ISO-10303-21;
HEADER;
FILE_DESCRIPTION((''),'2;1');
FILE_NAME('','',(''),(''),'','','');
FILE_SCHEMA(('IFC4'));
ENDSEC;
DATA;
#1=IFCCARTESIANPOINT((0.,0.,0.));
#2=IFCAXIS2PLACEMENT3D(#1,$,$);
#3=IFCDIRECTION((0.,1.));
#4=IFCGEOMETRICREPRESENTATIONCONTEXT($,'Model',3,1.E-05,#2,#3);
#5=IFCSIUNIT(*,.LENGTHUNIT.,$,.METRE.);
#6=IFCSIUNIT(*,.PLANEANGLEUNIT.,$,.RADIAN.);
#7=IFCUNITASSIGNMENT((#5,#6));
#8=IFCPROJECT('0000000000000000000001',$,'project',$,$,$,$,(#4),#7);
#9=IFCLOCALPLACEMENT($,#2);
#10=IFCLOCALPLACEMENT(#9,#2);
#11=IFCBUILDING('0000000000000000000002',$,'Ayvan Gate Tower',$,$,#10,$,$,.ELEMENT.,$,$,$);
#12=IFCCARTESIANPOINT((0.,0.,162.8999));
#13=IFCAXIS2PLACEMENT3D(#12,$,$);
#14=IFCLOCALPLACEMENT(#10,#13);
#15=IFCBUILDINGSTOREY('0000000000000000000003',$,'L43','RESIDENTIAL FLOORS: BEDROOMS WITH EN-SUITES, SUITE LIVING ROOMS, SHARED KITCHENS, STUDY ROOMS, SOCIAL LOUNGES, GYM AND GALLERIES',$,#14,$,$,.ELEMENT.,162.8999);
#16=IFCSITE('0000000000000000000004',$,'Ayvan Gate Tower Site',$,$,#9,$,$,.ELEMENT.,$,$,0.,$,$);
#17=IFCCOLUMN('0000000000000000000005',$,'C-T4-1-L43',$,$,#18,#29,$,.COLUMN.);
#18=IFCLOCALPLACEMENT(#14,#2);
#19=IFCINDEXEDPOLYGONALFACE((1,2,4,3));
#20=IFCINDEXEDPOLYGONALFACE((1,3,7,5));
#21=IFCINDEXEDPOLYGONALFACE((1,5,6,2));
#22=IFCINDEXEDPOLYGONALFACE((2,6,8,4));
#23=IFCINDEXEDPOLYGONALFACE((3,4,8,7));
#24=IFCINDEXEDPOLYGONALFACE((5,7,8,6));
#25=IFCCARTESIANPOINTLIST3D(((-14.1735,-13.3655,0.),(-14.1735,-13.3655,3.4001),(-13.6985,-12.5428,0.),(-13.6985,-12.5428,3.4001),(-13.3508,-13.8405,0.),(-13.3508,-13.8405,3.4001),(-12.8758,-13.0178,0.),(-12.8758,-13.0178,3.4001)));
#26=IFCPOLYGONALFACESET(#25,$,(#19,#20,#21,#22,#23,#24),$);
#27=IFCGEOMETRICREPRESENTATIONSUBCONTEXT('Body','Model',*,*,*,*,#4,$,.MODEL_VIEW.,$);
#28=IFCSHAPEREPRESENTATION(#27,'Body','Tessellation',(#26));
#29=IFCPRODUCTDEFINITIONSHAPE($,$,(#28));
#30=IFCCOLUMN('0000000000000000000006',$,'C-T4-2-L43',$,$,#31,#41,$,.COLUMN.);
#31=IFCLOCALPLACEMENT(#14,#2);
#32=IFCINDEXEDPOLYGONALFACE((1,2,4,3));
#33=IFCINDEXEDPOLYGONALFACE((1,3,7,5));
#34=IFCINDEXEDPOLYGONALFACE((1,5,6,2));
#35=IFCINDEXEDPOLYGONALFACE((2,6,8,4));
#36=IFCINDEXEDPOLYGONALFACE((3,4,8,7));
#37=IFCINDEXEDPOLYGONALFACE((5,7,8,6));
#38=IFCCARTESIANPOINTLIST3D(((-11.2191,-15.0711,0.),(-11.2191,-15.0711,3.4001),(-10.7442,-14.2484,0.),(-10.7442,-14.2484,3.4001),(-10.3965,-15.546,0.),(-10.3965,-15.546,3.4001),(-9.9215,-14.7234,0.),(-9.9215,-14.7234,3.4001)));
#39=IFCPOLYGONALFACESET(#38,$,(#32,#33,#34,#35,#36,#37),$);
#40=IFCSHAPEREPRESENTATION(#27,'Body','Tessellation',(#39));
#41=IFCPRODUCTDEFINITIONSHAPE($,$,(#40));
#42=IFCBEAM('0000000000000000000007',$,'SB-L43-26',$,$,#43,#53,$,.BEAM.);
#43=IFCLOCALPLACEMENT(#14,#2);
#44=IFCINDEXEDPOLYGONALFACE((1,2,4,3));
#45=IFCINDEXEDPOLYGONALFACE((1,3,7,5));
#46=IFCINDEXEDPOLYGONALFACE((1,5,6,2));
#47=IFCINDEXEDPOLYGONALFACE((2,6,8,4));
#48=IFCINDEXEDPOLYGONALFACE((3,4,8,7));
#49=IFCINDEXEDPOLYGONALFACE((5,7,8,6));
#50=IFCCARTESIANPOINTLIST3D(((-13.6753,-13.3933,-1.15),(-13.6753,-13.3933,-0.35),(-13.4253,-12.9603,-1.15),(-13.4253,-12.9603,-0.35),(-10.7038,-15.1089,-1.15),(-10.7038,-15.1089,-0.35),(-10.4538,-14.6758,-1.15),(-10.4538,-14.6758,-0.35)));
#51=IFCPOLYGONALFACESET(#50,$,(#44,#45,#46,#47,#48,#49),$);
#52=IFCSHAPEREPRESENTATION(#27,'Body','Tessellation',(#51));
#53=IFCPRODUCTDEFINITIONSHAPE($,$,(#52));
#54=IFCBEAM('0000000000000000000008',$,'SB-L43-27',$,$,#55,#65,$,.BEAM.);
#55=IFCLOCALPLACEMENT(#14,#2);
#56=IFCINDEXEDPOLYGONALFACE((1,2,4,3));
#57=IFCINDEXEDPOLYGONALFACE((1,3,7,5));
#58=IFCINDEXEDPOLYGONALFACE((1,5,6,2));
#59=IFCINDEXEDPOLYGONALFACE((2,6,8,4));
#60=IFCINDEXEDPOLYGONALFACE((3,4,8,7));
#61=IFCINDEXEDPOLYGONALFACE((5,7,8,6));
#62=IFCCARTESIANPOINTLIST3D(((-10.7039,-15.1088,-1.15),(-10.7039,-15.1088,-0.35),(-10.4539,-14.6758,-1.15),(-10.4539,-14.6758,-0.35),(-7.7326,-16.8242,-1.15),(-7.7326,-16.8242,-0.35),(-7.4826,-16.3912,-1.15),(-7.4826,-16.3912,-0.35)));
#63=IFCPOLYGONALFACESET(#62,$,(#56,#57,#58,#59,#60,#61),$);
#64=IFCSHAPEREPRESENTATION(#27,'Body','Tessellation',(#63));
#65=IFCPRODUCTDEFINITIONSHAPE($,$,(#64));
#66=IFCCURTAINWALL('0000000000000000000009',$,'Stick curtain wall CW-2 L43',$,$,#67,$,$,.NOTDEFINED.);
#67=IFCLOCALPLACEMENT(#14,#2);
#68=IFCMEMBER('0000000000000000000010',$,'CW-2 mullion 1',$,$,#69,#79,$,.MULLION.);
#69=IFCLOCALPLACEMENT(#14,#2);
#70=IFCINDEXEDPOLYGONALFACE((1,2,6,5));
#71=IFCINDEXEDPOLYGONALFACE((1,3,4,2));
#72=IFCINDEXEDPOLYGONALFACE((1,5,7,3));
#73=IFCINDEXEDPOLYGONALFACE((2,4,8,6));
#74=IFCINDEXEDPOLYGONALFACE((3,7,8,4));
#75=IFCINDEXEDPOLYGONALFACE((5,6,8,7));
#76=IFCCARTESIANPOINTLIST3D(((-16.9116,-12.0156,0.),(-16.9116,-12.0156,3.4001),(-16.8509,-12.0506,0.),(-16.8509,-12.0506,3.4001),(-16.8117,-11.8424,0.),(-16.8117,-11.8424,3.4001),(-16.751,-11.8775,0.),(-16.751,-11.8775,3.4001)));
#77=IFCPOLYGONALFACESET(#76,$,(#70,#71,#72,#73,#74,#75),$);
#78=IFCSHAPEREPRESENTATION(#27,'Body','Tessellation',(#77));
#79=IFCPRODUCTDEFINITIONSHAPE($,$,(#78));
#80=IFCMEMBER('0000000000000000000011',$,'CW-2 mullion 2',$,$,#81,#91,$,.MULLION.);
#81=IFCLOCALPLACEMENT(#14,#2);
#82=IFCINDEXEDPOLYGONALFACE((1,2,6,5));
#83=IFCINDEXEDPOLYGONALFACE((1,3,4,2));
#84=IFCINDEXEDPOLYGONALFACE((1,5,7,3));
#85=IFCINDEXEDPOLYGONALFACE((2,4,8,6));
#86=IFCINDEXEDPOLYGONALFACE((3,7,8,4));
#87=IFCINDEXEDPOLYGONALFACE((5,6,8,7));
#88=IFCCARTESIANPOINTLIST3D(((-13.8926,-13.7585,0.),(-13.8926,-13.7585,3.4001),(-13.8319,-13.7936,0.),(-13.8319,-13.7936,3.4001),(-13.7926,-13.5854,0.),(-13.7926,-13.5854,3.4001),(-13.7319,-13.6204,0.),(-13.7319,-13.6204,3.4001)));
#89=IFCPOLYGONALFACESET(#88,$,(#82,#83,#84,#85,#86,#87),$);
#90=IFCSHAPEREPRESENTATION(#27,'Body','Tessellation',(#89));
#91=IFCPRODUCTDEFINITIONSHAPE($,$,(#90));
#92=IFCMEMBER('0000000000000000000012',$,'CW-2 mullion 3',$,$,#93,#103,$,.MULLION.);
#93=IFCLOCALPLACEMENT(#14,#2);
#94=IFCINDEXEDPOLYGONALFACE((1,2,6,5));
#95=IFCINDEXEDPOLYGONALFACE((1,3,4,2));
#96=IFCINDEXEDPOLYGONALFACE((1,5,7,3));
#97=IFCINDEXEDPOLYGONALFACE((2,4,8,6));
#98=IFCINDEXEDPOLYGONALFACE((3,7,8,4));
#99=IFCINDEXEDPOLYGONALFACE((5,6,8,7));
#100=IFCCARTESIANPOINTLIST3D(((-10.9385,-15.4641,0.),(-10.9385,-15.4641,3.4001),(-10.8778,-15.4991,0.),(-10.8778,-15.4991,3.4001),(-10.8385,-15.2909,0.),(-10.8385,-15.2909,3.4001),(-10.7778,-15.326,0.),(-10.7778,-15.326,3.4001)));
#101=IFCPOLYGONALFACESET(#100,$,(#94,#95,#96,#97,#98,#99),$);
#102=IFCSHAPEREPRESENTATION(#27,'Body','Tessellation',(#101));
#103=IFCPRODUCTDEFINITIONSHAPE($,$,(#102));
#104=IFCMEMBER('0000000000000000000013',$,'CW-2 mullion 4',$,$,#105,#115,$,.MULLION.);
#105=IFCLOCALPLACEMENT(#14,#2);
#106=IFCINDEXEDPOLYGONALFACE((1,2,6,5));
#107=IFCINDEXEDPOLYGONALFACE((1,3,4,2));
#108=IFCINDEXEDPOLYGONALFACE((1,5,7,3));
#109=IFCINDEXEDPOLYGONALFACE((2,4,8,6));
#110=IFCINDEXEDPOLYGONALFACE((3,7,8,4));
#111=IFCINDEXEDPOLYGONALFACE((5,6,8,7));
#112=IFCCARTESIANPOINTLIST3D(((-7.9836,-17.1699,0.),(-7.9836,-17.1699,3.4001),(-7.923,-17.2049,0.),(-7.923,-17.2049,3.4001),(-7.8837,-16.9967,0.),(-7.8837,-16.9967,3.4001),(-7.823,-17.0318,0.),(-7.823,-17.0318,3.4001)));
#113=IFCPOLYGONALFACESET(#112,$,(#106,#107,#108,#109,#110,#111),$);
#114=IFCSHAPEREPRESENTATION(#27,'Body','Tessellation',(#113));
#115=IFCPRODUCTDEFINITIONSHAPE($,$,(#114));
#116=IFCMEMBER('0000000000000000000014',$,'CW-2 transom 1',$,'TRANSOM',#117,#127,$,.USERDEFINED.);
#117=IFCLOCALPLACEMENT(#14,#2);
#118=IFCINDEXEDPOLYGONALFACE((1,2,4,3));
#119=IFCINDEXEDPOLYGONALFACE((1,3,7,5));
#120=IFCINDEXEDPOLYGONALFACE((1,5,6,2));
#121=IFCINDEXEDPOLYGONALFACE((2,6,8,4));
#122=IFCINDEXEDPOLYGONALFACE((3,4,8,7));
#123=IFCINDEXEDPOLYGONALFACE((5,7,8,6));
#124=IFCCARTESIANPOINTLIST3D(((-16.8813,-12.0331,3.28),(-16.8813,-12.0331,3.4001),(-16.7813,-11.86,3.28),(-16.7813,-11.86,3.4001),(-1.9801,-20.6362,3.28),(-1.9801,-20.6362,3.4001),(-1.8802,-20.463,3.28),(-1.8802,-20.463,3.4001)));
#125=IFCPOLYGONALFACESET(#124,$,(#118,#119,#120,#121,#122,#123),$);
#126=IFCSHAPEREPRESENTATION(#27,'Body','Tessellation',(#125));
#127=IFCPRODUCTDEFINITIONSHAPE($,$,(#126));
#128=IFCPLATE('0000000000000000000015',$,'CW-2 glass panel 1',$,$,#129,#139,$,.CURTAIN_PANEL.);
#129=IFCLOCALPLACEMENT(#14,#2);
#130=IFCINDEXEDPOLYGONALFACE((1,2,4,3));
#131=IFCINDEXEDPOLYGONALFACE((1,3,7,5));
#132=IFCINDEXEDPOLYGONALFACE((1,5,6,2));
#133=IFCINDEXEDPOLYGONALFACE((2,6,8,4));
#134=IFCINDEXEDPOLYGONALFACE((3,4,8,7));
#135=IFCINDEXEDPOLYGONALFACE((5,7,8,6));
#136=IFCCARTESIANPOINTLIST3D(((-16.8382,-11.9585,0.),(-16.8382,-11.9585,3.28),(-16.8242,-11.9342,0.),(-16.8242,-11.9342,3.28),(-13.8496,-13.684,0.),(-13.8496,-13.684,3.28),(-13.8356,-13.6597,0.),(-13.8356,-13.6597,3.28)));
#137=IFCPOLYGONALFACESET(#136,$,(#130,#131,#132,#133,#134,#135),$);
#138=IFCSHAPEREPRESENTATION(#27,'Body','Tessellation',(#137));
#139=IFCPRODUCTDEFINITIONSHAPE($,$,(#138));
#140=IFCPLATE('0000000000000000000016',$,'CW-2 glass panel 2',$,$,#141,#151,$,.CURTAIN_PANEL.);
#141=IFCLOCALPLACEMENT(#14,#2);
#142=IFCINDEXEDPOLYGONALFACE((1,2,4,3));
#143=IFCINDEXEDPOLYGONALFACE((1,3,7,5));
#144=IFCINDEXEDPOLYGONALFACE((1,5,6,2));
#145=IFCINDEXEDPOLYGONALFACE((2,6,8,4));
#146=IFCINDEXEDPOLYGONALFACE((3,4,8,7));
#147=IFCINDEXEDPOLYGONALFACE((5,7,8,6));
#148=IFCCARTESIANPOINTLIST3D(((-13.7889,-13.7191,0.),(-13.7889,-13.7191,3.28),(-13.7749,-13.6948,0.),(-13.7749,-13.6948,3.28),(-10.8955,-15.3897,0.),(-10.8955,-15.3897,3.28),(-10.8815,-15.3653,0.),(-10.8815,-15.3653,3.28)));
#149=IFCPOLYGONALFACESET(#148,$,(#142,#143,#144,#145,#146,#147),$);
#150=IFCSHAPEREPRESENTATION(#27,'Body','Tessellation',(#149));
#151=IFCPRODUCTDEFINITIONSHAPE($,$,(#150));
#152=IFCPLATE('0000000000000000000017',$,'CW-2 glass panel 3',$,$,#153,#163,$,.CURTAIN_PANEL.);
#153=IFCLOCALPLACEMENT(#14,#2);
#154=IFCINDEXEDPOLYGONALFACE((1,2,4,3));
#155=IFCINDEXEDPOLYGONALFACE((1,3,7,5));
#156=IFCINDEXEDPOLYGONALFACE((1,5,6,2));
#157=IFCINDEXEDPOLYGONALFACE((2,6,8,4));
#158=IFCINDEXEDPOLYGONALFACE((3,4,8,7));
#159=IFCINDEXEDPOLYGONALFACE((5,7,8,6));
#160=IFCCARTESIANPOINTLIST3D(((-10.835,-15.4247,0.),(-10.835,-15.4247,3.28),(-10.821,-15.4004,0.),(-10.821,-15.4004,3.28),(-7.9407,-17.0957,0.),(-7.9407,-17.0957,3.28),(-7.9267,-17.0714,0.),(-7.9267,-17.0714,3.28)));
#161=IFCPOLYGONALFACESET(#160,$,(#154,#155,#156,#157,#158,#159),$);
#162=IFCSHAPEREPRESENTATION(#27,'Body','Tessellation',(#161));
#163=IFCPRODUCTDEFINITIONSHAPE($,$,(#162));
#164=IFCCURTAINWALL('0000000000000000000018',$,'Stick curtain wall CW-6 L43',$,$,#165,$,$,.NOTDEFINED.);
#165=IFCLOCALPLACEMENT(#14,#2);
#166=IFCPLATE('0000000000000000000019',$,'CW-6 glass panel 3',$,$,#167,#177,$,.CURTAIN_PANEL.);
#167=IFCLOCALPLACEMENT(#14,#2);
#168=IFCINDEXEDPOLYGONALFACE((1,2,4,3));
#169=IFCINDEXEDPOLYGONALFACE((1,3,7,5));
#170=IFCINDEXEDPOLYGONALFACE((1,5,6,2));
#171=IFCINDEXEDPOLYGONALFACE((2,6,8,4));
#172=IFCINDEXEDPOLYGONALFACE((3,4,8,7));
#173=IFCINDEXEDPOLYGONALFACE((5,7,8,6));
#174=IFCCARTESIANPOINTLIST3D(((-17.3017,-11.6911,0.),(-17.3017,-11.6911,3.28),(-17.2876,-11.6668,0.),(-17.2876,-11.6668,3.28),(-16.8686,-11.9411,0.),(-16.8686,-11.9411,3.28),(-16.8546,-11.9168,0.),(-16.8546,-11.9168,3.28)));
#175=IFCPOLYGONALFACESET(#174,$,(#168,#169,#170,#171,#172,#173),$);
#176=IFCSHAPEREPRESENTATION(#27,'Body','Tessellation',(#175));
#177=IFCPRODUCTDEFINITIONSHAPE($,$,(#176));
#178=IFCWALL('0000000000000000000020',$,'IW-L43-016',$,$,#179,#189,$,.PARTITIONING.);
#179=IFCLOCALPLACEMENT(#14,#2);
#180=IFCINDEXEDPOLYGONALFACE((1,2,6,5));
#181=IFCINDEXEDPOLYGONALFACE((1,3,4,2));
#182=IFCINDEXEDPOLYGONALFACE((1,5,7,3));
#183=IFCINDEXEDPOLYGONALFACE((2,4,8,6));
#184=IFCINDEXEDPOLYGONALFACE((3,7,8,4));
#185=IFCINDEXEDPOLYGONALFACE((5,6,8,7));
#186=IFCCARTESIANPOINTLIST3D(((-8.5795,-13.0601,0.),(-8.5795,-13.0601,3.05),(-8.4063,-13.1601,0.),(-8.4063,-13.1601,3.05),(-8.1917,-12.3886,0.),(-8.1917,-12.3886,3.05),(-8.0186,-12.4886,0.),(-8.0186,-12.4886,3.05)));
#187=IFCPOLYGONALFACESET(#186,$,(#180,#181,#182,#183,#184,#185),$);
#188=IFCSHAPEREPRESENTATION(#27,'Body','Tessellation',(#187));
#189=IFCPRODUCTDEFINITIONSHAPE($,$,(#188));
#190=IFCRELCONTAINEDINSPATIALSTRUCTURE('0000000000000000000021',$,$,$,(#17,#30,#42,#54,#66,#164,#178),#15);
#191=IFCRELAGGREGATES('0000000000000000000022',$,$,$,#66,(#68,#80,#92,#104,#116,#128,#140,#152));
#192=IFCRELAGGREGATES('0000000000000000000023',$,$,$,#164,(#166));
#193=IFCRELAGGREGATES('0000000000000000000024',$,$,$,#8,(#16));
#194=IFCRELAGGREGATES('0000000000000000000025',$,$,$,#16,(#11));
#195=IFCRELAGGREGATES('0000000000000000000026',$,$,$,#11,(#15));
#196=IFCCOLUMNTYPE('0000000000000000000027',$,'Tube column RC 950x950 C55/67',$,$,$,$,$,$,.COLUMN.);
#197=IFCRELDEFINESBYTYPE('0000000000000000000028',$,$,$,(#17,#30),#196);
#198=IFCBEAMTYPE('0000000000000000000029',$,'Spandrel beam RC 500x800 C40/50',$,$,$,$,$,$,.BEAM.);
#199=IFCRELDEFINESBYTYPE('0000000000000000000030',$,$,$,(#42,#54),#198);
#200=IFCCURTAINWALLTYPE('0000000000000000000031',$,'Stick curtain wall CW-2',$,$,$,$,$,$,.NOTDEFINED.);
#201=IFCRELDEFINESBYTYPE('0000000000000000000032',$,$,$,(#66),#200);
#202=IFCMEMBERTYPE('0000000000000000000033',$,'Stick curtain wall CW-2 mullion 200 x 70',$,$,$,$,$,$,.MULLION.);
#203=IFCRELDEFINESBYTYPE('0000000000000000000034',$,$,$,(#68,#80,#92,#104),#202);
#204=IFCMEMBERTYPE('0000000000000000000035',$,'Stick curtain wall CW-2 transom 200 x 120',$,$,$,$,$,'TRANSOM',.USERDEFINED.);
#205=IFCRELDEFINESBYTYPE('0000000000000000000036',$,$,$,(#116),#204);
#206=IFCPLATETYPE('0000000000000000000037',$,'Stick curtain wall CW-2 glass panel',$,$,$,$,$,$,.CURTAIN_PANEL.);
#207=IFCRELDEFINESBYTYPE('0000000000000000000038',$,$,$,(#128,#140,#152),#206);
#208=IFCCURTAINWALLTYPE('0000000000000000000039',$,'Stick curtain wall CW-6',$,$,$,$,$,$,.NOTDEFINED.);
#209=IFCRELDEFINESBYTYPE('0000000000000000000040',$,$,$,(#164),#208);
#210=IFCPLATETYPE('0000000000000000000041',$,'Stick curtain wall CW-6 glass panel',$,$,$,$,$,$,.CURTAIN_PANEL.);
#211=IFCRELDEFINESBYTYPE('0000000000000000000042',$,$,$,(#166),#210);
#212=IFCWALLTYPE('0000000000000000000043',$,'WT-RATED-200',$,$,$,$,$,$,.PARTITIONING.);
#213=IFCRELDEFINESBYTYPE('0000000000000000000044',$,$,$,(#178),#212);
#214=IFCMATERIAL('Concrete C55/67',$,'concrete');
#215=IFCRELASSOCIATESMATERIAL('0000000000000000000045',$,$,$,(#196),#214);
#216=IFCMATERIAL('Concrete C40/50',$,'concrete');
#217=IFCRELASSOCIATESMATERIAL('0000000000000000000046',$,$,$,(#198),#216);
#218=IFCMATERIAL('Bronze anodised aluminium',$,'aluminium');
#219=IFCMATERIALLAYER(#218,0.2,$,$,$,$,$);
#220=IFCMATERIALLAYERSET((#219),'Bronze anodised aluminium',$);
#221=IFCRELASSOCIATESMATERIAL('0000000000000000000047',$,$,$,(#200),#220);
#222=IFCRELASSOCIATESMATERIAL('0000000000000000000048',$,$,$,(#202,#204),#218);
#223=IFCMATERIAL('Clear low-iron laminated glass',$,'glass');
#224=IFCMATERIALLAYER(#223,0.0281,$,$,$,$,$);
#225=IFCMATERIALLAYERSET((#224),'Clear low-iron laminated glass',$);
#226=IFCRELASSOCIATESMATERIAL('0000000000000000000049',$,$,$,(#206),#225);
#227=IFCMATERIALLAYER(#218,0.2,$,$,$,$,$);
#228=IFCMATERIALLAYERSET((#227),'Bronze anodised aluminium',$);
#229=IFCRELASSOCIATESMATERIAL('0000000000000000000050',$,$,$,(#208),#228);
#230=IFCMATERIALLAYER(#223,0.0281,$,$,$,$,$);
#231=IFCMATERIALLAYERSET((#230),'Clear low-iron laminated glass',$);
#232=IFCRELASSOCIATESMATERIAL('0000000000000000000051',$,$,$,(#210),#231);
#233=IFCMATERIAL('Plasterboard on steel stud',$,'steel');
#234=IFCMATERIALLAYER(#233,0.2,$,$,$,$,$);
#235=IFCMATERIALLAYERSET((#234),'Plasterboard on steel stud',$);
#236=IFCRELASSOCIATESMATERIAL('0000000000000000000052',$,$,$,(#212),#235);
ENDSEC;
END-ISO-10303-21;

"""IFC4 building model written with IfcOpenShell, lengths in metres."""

from ifc_helpers import new_model, si_unit, direction, frame, frame_2d, origin, origin_2d, place, context, subcontext, project, spatial, rectangle, extrude, material, layer, layer_set, material_profile, profile_set, type_object, element, aggregate, save


model = new_model("IFC4")

# Units and contexts
model_context = context("Model", 3, precision=1e-05, world=origin(), true_north=direction((0.0, 1.0)))
body_context = subcontext(model_context, "Body", "Model", "MODEL_VIEW")
ifc_project = project(units=[si_unit("LENGTHUNIT", "METRE"), si_unit("PLANEANGLEUNIT", "RADIAN")], contexts=[model_context])

# Site, building, storey
site_placement = place(None, origin())
site = spatial("IfcSite", under=ifc_project, at=site_placement, Name="Ayvan Gate Tower Site", CompositionType="ELEMENT", RefElevation=0.0)
building_placement = place(site_placement, origin())
building = spatial("IfcBuilding", under=site, at=building_placement, Name="Ayvan Gate Tower", CompositionType="ELEMENT")
storey_placement = place(building_placement, frame((0.0, 0.0, 162.8999)))
storey = spatial("IfcBuildingStorey", under=building, at=storey_placement, Name="L43", Description="RESIDENTIAL FLOORS: BEDROOMS WITH EN-SUITES, SUITE LIVING ROOMS, SHARED KITCHENS, STUDY ROOMS, SOCIAL LOUNGES, GYM AND GALLERIES", CompositionType="ELEMENT", Elevation=162.8999)

# Columns
ifc_material_1 = material(Name="Concrete C55/67", Category="concrete")
ifc_material_profile_1 = material_profile(ifc_material_1, rectangle(XDim=0.95, YDim=0.95, at=origin_2d()), Name="RC 950x950")
ifc_profile_set_1 = profile_set([ifc_material_profile_1], Name="Concrete C55/67")
column_type = type_object("IfcColumnType", Name="Tube column RC 950x950 C55/67", PredefinedType="COLUMN", material=ifc_profile_set_1)
for number, where, z_axis, x_axis, name in (
    (1, (-13.5247, -13.1917, 0.0), (0.0, 0.0, 1.0), (-0.5, -0.866025, 0.0), "C-T4-1-L43"),
    (2, (-10.5703, -14.8972, 0.0), (0.0, 0.0, 1.0), (-0.5, -0.866025, 0.0), "C-T4-2-L43"),
):
    element("IfcColumn", number, at=place(storey_placement, frame(where, z_axis=z_axis, x_axis=x_axis)), inside=storey, type_object=column_type, Name=name, PredefinedType="COLUMN", context=body_context, shape_type="SweptSolid", body=[
        extrude(rectangle(XDim=0.95, YDim=0.95, at=origin_2d()), origin(), (0.0, 0.0, 1.0), 3.4001),
    ])

# Beams
ifc_material_2 = material(Name="Concrete C40/50", Category="concrete")
ifc_material_profile_2 = material_profile(ifc_material_2, rectangle(XDim=0.5, YDim=0.8, at=origin_2d()), Name="RC 500x800")
ifc_profile_set_2 = profile_set([ifc_material_profile_2], Name="Concrete C40/50")
beam_type = type_object("IfcBeamType", Name="Spandrel beam RC 500x800 C40/50", PredefinedType="BEAM", material=ifc_profile_set_2)
beam_1_placement = place(storey_placement, frame((-13.5503, -13.1768, -0.75), z_axis=(0.866023, -0.500004, 0.0), x_axis=(0.500004, 0.866023, 0.0)))
element("IfcBeam", 3, at=beam_1_placement, inside=storey, type_object=beam_type, Name="SB-L43-26", PredefinedType="BEAM", context=body_context, shape_type="SweptSolid", body=[
    extrude(rectangle(XDim=0.5, YDim=0.8, at=origin_2d()), origin(), (0.0, 0.0, 1.0), 3.4312),
])
beam_2_placement = place(storey_placement, frame((-10.5789, -14.8923, -0.75), z_axis=(0.866036, -0.499981, 0.0), x_axis=(0.499981, 0.866036, 0.0)))
element("IfcBeam", 4, at=beam_2_placement, inside=storey, type_object=beam_type, Name="SB-L43-27", PredefinedType="BEAM", context=body_context, shape_type="SweptSolid", body=[
    extrude(rectangle(XDim=0.5, YDim=0.8, at=origin_2d()), origin(), (0.0, 0.0, 1.0), 3.4309),
])

# Curtain wall, members, plates
ifc_material_3 = material(Name="Bronze anodised aluminium", Category="aluminium")
ifc_layer_1 = layer(ifc_material_3, 0.2)
ifc_layer_set_1 = layer_set([ifc_layer_1], Name="Bronze anodised aluminium")
curtain_wall_type_1 = type_object("IfcCurtainWallType", Name="Stick curtain wall CW-2", PredefinedType="NOTDEFINED", material=ifc_layer_set_1)
curtain_wall_1_placement = place(storey_placement, origin())
curtain_wall_1 = element("IfcCurtainWall", 5, at=curtain_wall_1_placement, inside=storey, type_object=curtain_wall_type_1, Name="Stick curtain wall CW-2 L43", PredefinedType="NOTDEFINED")
ifc_material_profile_3 = material_profile(ifc_material_3, rectangle(XDim=0.2, YDim=0.0701, at=origin_2d()), Name="Stick curtain wall CW-2 mullion 200 x 70")
ifc_profile_set_3 = profile_set([ifc_material_profile_3], Name="Bronze anodised aluminium")
member_type_1 = type_object("IfcMemberType", Name="Stick curtain wall CW-2 mullion 200 x 70", PredefinedType="MULLION", material=ifc_profile_set_3)
member_1_placement = place(storey_placement, frame((-16.8313, -11.9465, 0.0), z_axis=(0.0, 0.0, 1.0), x_axis=(-0.5, -0.866025, 0.0)))
member_1 = element("IfcMember", 6, at=member_1_placement, type_object=member_type_1, Name="CW-2 mullion 1", PredefinedType="MULLION", context=body_context, shape_type="SweptSolid", body=[
    extrude(rectangle(XDim=0.2, YDim=0.0701, at=origin_2d()), origin(), (0.0, 0.0, 1.0), 3.4001),
])
member_2_placement = place(storey_placement, frame((-13.8123, -13.6895, 0.0), z_axis=(0.0, 0.0, 1.0), x_axis=(-0.5, -0.866025, 0.0)))
member_2 = element("IfcMember", 7, at=member_2_placement, type_object=member_type_1, Name="CW-2 mullion 2", PredefinedType="MULLION", context=body_context, shape_type="SweptSolid", body=[
    extrude(rectangle(XDim=0.2, YDim=0.0701, at=origin_2d()), origin(), (0.0, 0.0, 1.0), 3.4001),
])
member_3_placement = place(storey_placement, frame((-10.8582, -15.395, 0.0), z_axis=(0.0, 0.0, 1.0), x_axis=(-0.5, -0.866025, 0.0)))
member_3 = element("IfcMember", 8, at=member_3_placement, type_object=member_type_1, Name="CW-2 mullion 3", PredefinedType="MULLION", context=body_context, shape_type="SweptSolid", body=[
    extrude(rectangle(XDim=0.2, YDim=0.0701, at=origin_2d()), origin(), (0.0, 0.0, 1.0), 3.4001),
])
member_4_placement = place(storey_placement, frame((-7.9033, -17.1008, 0.0), z_axis=(0.0, 0.0, 1.0), x_axis=(-0.5, -0.866025, 0.0)))
member_4 = element("IfcMember", 9, at=member_4_placement, type_object=member_type_1, Name="CW-2 mullion 4", PredefinedType="MULLION", context=body_context, shape_type="SweptSolid", body=[
    extrude(rectangle(XDim=0.2, YDim=0.0701, at=origin_2d()), origin(), (0.0, 0.0, 1.0), 3.4001),
])
ifc_material_profile_4 = material_profile(ifc_material_3, rectangle(XDim=0.2, YDim=0.1201, at=origin_2d()), Name="Stick curtain wall CW-2 transom 200 x 120")
ifc_profile_set_4 = profile_set([ifc_material_profile_4], Name="Bronze anodised aluminium")
member_type_2 = type_object("IfcMemberType", Name="Stick curtain wall CW-2 transom 200 x 120", ElementType="TRANSOM", PredefinedType="USERDEFINED", material=ifc_profile_set_4)
member_5_placement = place(storey_placement, frame((-16.8313, -11.9465, 3.3401), z_axis=(0.866029, -0.499994, 0.0), x_axis=(0.499994, 0.866029, 0.0)))
member_5 = element("IfcMember", 10, at=member_5_placement, type_object=member_type_2, Name="CW-2 transom 1", ObjectType="TRANSOM", PredefinedType="USERDEFINED", context=body_context, shape_type="SweptSolid", body=[
    extrude(rectangle(XDim=0.2, YDim=0.1201, at=origin_2d()), origin(), (0.0, 0.0, 1.0), 17.2063),
])
ifc_material_4 = material(Name="Clear low-iron laminated glass", Category="glass")
ifc_layer_2 = layer(ifc_material_4, 0.0281)
ifc_layer_set_2 = layer_set([ifc_layer_2], Name="Clear low-iron laminated glass")
plate_type_1 = type_object("IfcPlateType", Name="Stick curtain wall CW-2 glass panel", PredefinedType="CURTAIN_PANEL", material=ifc_layer_set_2)
plate_1_placement = place(storey_placement, frame((-15.3369, -12.8091, 0.0), z_axis=(0.0, 0.0, 1.0), x_axis=(0.866025, -0.5, 0.0)))
plate_1 = element("IfcPlate", 11, at=plate_1_placement, type_object=plate_type_1, Name="CW-2 glass panel 1", PredefinedType="CURTAIN_PANEL", context=body_context, shape_type="SweptSolid", body=[
    extrude(rectangle(XDim=3.4509, YDim=0.0281, at=origin_2d()), origin(), (0.0, 0.0, 1.0), 3.28),
])
plate_2_placement = place(storey_placement, frame((-12.3352, -14.5422, 0.0), z_axis=(0.0, 0.0, 1.0), x_axis=(0.866025, -0.5, 0.0)))
plate_2 = element("IfcPlate", 12, at=plate_2_placement, type_object=plate_type_1, Name="CW-2 glass panel 2", PredefinedType="CURTAIN_PANEL", context=body_context, shape_type="SweptSolid", body=[
    extrude(rectangle(XDim=3.3411, YDim=0.0281, at=origin_2d()), origin(), (0.0, 0.0, 1.0), 3.28),
])
plate_3_placement = place(storey_placement, frame((-9.3809, -16.248, 0.0), z_axis=(0.0, 0.0, 1.0), x_axis=(0.866025, -0.5, 0.0)))
plate_3 = element("IfcPlate", 13, at=plate_3_placement, type_object=plate_type_1, Name="CW-2 glass panel 3", PredefinedType="CURTAIN_PANEL", context=body_context, shape_type="SweptSolid", body=[
    extrude(rectangle(XDim=3.342, YDim=0.0281, at=origin_2d()), origin(), (0.0, 0.0, 1.0), 3.28),
])
aggregate(curtain_wall_1, [member_1, member_2, member_3, member_4, member_5, plate_1, plate_2, plate_3])

# Curtain wall, plate
ifc_layer_3 = layer(ifc_material_3, 0.2)
ifc_layer_set_3 = layer_set([ifc_layer_3], Name="Bronze anodised aluminium")
curtain_wall_type_2 = type_object("IfcCurtainWallType", Name="Stick curtain wall CW-6", PredefinedType="NOTDEFINED", material=ifc_layer_set_3)
curtain_wall_2_placement = place(storey_placement, origin())
curtain_wall_2 = element("IfcCurtainWall", 14, at=curtain_wall_2_placement, inside=storey, type_object=curtain_wall_type_2, Name="Stick curtain wall CW-6 L43", PredefinedType="NOTDEFINED")
ifc_layer_4 = layer(ifc_material_4, 0.0281)
ifc_layer_set_4 = layer_set([ifc_layer_4], Name="Clear low-iron laminated glass")
plate_type_2 = type_object("IfcPlateType", Name="Stick curtain wall CW-6 glass panel", PredefinedType="CURTAIN_PANEL", material=ifc_layer_set_4)
plate_4_placement = place(storey_placement, frame((-17.0781, -11.804, 0.0), z_axis=(0.0, 0.0, 1.0), x_axis=(0.866025, -0.5, 0.0)))
plate_4 = element("IfcPlate", 15, at=plate_4_placement, type_object=plate_type_2, Name="CW-6 glass panel 3", PredefinedType="CURTAIN_PANEL", context=body_context, shape_type="SweptSolid", body=[
    extrude(rectangle(XDim=0.5, YDim=0.0281, at=origin_2d()), origin(), (0.0, 0.0, 1.0), 3.28),
])
aggregate(curtain_wall_2, [plate_4])

# Wall
ifc_material_5 = material(Name="Plasterboard on steel stud", Category="steel")
ifc_layer_5 = layer(ifc_material_5, 0.2)
ifc_layer_set_5 = layer_set([ifc_layer_5], Name="Plasterboard on steel stud")
wall_type_1 = type_object("IfcWallType", Name="WT-RATED-200", PredefinedType="PARTITIONING", material=ifc_layer_set_5)
wall_1_placement = place(storey_placement, frame((-8.4929, -13.1101, 0.0), z_axis=(0.0, 0.0, 1.0), x_axis=(0.500068, 0.865986, 0.0)))
element("IfcWall", 16, at=wall_1_placement, inside=storey, type_object=wall_type_1, Name="IW-L43-016", PredefinedType="PARTITIONING", context=body_context, shape_type="SweptSolid", body=[
    extrude(rectangle(XDim=0.7754, YDim=0.2, at=frame_2d((0.3877, 0.0))), origin(), (0.0, 0.0, 1.0), 3.05),
])

save(model, "model.ifc")
